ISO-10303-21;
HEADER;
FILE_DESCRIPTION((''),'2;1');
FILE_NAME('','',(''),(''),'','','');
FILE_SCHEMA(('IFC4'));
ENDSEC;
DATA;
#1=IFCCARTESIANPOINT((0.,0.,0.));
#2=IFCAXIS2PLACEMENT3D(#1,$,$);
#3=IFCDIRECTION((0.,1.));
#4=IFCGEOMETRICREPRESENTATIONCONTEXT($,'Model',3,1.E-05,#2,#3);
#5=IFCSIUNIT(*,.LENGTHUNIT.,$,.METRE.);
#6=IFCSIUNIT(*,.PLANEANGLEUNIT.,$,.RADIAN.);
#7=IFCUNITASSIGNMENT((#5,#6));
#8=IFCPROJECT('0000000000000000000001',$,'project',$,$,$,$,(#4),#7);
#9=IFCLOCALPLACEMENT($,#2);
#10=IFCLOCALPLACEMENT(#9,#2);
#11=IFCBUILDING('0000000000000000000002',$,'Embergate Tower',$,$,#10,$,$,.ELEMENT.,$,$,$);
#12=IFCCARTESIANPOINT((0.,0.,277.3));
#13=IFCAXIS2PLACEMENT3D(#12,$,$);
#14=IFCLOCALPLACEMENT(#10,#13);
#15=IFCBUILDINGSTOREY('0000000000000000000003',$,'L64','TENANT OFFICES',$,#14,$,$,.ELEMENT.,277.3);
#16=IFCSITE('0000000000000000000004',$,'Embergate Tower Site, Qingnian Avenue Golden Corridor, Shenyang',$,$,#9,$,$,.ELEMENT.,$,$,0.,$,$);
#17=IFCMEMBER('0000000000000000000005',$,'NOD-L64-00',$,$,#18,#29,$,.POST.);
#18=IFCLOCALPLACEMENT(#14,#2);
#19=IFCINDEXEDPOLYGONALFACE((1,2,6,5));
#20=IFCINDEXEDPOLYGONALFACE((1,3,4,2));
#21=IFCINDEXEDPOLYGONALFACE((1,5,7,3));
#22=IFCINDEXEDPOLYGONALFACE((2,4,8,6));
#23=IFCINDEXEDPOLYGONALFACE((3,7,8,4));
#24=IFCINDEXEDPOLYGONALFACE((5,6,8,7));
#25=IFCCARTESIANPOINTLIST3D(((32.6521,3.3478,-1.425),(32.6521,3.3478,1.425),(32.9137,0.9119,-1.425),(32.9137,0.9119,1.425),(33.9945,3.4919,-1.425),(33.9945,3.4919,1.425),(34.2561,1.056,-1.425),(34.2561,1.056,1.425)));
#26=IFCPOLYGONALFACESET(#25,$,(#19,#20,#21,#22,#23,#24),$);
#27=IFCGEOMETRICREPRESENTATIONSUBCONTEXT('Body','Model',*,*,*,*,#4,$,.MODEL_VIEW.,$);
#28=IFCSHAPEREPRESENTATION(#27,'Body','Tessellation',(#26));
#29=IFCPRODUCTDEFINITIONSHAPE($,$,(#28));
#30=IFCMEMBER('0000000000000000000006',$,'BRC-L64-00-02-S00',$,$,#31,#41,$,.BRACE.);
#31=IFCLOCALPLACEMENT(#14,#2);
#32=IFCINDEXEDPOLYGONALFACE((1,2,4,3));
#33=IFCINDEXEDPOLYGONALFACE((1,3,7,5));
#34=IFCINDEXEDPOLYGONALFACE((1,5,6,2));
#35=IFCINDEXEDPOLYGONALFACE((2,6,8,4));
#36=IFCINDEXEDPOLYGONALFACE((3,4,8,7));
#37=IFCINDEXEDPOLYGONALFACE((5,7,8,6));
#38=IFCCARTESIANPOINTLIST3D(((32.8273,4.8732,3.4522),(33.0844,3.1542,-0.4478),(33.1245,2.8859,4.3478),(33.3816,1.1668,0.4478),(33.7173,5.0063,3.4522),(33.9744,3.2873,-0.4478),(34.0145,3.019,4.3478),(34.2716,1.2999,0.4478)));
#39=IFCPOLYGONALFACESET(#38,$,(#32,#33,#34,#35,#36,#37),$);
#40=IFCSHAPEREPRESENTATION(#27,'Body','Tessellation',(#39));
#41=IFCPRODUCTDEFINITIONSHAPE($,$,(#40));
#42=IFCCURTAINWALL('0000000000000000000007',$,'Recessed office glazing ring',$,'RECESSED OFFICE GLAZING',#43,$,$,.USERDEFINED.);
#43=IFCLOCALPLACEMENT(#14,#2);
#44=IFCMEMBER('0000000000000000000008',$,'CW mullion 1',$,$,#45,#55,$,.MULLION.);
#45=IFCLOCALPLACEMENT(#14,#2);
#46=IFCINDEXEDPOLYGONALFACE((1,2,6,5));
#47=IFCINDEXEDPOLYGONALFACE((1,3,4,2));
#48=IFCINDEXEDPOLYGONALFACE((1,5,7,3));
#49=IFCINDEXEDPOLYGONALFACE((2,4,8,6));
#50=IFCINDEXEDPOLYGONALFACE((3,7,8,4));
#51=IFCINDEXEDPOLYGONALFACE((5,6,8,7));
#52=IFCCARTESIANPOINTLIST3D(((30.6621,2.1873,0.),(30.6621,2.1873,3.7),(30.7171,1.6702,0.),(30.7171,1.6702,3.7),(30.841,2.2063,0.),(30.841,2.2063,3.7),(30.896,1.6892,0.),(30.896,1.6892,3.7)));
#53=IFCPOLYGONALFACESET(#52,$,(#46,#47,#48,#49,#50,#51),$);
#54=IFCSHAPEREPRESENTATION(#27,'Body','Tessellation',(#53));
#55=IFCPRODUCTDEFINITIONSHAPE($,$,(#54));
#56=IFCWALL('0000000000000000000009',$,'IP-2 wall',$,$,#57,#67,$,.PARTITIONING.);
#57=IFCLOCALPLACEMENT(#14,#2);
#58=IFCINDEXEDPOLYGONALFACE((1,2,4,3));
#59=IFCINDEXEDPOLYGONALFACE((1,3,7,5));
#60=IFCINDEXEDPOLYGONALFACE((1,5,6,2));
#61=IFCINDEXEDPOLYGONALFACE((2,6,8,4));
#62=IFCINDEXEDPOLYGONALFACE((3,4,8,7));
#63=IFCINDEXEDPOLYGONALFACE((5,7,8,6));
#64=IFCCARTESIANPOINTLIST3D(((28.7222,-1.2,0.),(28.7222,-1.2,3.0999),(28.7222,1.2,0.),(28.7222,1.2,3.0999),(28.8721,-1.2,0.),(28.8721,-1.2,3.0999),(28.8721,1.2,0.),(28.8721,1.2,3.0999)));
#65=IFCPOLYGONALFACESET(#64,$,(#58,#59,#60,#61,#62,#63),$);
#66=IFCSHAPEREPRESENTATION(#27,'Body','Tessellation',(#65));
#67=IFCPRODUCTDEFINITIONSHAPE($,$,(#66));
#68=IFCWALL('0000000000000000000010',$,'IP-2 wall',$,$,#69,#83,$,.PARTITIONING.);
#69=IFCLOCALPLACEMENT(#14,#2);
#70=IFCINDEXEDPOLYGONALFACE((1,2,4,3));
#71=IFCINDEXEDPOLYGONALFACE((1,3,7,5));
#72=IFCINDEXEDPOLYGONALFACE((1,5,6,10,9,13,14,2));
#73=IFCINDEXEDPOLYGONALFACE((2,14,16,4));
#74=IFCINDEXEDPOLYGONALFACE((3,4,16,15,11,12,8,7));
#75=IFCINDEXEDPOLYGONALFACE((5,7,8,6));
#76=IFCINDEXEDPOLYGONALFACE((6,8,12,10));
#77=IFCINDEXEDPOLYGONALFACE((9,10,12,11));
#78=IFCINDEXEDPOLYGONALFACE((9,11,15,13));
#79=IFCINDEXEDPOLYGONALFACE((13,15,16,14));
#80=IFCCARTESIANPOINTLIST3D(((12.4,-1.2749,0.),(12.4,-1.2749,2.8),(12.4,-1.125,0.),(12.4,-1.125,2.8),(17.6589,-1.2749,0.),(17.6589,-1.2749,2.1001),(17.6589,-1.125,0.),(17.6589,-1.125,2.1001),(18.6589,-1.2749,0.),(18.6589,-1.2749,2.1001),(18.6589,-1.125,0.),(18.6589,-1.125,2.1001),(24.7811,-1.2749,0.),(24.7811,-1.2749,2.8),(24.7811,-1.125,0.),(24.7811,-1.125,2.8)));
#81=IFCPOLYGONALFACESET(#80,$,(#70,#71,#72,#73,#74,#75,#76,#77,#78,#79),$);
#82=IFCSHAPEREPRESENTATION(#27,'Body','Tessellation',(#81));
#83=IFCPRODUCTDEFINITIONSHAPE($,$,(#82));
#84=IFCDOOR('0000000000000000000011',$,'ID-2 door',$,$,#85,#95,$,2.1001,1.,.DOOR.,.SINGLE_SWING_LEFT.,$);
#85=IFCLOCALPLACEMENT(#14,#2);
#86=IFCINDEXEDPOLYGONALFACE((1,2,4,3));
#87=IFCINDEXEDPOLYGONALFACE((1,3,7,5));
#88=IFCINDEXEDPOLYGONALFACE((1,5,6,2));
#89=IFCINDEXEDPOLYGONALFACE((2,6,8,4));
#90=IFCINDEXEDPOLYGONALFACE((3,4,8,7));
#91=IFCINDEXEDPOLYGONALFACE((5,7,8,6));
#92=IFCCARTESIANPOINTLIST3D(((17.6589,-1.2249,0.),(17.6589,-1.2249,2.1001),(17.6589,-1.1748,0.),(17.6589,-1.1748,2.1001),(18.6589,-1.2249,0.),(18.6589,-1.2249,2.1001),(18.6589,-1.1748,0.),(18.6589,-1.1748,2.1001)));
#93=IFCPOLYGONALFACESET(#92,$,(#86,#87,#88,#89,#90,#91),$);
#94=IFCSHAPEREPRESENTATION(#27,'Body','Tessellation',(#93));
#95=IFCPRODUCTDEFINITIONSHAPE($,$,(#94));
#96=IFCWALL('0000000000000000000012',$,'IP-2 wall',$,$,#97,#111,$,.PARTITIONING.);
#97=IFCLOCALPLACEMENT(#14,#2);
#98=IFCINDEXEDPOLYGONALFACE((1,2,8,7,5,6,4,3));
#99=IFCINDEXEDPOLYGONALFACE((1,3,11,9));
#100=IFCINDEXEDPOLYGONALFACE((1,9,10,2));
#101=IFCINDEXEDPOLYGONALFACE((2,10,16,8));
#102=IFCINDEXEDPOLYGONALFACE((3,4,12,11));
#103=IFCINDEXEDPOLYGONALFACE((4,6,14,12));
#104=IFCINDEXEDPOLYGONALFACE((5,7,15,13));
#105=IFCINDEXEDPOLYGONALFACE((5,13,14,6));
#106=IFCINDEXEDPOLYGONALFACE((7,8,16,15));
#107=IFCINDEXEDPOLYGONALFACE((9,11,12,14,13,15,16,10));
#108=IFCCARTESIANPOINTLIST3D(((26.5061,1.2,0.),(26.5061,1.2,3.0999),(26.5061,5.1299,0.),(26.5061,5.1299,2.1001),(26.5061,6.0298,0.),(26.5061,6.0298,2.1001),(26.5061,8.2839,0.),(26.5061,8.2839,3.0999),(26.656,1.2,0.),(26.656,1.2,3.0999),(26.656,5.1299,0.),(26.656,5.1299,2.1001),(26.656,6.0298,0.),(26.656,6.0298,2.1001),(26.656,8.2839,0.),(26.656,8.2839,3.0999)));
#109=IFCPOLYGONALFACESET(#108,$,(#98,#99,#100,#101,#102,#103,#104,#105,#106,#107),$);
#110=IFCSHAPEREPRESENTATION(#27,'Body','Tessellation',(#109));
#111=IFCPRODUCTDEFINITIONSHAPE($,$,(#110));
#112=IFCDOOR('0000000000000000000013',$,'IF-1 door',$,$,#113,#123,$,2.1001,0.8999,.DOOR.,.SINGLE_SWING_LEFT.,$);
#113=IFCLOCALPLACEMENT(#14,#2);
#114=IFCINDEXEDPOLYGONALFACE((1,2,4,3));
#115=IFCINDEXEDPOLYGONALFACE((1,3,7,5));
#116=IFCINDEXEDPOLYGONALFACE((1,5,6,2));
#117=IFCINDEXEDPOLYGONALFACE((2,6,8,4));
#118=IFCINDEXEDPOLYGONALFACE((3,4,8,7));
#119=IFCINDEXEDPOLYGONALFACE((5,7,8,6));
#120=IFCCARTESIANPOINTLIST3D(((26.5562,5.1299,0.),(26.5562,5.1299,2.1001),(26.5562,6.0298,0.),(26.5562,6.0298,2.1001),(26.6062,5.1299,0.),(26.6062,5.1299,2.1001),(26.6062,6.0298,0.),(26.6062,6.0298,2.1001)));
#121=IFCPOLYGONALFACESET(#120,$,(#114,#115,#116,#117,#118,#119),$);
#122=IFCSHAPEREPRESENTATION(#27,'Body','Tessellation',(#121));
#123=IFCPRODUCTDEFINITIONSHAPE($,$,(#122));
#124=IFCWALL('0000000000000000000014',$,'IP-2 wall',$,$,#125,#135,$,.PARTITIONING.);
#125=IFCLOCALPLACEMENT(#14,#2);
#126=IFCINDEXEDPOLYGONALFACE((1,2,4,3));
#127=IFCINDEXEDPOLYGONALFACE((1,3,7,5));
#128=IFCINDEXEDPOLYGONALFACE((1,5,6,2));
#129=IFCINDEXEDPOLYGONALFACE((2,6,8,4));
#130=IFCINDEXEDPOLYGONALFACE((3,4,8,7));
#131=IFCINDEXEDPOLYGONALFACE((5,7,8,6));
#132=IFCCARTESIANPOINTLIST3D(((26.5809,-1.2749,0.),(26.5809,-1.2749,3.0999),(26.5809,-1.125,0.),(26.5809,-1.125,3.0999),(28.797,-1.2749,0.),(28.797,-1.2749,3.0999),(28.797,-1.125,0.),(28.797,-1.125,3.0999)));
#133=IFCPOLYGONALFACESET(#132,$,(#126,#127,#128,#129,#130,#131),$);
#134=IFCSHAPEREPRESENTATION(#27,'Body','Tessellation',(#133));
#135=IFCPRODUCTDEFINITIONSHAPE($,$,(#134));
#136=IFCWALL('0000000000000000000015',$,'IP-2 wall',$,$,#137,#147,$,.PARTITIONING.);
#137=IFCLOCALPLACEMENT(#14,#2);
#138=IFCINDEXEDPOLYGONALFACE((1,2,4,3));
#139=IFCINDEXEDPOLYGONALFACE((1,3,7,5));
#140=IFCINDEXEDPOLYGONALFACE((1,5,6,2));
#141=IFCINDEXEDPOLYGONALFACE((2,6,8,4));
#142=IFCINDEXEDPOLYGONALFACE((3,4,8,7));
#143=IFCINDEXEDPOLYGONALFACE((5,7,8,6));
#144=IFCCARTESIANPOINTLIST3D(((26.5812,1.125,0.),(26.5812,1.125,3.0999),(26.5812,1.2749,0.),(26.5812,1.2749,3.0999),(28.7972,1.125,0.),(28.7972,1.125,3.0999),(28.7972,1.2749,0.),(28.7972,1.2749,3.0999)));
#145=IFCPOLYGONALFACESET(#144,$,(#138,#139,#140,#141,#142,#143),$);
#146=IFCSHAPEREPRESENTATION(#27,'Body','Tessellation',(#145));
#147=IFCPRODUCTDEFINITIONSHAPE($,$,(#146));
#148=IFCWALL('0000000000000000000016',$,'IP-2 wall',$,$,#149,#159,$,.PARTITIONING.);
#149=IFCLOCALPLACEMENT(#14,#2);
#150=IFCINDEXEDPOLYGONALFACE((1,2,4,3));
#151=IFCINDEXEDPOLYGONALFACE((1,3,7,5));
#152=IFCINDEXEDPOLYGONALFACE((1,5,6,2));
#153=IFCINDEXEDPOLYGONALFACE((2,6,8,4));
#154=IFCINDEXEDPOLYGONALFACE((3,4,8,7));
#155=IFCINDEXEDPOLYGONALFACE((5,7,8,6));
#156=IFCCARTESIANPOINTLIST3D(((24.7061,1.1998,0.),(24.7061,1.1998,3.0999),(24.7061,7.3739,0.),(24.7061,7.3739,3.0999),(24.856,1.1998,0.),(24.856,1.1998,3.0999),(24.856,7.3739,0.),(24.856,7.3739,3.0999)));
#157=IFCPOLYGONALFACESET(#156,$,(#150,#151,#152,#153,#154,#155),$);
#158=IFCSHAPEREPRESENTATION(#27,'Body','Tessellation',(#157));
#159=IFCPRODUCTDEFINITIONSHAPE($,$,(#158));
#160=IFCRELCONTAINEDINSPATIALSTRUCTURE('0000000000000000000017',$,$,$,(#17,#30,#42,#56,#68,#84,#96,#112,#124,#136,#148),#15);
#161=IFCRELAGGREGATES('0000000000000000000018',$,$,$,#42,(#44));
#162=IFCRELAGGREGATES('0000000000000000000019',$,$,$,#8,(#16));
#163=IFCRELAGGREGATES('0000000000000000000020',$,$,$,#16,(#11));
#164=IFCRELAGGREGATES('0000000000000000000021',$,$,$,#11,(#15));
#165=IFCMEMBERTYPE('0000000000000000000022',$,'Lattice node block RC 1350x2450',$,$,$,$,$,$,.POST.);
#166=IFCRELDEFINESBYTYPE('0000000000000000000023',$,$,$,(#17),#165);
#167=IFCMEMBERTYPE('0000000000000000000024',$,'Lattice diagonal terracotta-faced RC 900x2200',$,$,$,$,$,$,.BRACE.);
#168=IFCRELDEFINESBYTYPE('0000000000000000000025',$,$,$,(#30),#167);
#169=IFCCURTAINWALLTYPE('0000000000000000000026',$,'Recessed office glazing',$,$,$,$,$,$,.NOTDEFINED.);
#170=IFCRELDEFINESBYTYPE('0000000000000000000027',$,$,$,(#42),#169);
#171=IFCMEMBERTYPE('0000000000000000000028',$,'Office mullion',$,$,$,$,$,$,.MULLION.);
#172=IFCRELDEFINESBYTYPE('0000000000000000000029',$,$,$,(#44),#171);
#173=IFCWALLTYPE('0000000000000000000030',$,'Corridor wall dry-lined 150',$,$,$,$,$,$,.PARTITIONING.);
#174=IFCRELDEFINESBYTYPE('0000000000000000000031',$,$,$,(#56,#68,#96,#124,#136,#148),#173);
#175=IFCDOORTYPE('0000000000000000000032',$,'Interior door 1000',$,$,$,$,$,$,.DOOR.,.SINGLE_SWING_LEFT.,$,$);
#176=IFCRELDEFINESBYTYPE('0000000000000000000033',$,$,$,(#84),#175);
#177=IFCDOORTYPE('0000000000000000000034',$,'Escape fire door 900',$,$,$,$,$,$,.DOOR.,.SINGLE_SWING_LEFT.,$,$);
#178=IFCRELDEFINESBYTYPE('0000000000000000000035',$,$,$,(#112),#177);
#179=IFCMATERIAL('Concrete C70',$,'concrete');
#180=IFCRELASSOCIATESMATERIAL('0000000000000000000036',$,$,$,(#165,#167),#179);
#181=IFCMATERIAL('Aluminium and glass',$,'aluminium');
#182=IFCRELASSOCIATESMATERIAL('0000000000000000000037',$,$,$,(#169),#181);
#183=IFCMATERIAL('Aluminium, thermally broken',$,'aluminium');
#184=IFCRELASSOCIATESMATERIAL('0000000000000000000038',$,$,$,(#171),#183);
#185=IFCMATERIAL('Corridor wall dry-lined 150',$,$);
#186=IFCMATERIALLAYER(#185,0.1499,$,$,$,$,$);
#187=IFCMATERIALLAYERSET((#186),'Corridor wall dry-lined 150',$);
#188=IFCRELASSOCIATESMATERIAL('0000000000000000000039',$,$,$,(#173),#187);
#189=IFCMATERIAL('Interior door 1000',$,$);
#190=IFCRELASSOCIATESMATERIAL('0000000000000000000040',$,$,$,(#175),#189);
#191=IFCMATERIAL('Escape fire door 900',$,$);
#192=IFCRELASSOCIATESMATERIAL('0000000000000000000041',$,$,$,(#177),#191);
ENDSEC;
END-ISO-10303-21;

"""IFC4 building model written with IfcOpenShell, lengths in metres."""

from ifc_helpers import new_model, si_unit, direction, frame, frame_2d, origin, origin_2d, place, context, subcontext, project, spatial, rectangle, extrude, source, transform, mapped, material, layer, layer_set, material_profile, profile_set, type_object, element, fill, aggregate, save


model = new_model("IFC4")

# Units and contexts
model_context = context("Model", 3, precision=1e-05, world=origin(), true_north=direction((0.0, 1.0)))
body_context = subcontext(model_context, "Body", "Model", "MODEL_VIEW")
ifc_project = project(units=[si_unit("LENGTHUNIT", "METRE"), si_unit("PLANEANGLEUNIT", "RADIAN")], contexts=[model_context])

# Site, building, storey
site_placement = place(None, origin())
site = spatial("IfcSite", under=ifc_project, at=site_placement, Name="Embergate Tower Site, Qingnian Avenue Golden Corridor, Shenyang", CompositionType="ELEMENT", RefElevation=0.0)
building_placement = place(site_placement, origin())
building = spatial("IfcBuilding", under=site, at=building_placement, Name="Embergate Tower", CompositionType="ELEMENT")
storey_placement = place(building_placement, frame((0.0, 0.0, 277.3)))
storey = spatial("IfcBuildingStorey", under=building, at=storey_placement, Name="L64", Description="TENANT OFFICES", CompositionType="ELEMENT", Elevation=277.3)

# Members
ifc_material_1 = material(Name="Concrete C70", Category="concrete")
ifc_material_profile_1 = material_profile(ifc_material_1, rectangle(XDim=1.3501, YDim=2.45, at=origin_2d()), Name="RC 1350x2450")
ifc_profile_set_1 = profile_set([ifc_material_profile_1], Name="Concrete C70")
member_type_1 = type_object("IfcMemberType", Name="Lattice node block RC 1350x2450", PredefinedType="POST", material=ifc_profile_set_1)
shared_shape_1 = source(origin(), body_context, "Body", "SweptSolid", [
    extrude(rectangle(XDim=1.3501, YDim=2.45, at=origin_2d()), origin(), (0.0, 0.0, 1.0), 2.8501),
])
member_1_placement = place(storey_placement, frame((33.4541, 2.2019, -1.425), z_axis=(0.0, 0.0, 1.0), x_axis=(0.994286, 0.10675, 0.0)))
element("IfcMember", 1, at=member_1_placement, inside=storey, type_object=member_type_1, Name="NOD-L64-00", PredefinedType="POST", context=body_context, shape_type="MappedRepresentation", body=[
    mapped(shared_shape_1, transform((0.0, 0.0, 0.0))),
])
ifc_material_profile_2 = material_profile(ifc_material_1, rectangle(XDim=0.8999, YDim=2.2, at=origin_2d()), Name="RC 900x2200")
ifc_profile_set_2 = profile_set([ifc_material_profile_2], Name="Concrete C70")
member_type_2 = type_object("IfcMemberType", Name="Lattice diagonal terracotta-faced RC 900x2200", PredefinedType="BRACE", material=ifc_profile_set_2)
shared_shape_2 = source(origin(), body_context, "Body", "SweptSolid", [
    extrude(rectangle(XDim=0.8999, YDim=2.2, at=origin_2d()), origin(), (0.0, 0.0, 1.0), 4.2698),
])
member_2_placement = place(storey_placement, frame((33.678, 2.2271, 0.0), z_axis=(-0.06021, 0.402604, 0.913392), x_axis=(-0.989001, -0.147908, 0.0)))
element("IfcMember", 2, at=member_2_placement, inside=storey, type_object=member_type_2, Name="BRC-L64-00-02-S00", PredefinedType="BRACE", context=body_context, shape_type="MappedRepresentation", body=[
    mapped(shared_shape_2, transform((0.0, 0.0, 0.0))),
])

# Curtain wall, member
ifc_material_2 = material(Name="Aluminium and glass", Category="aluminium")
curtain_wall_type = type_object("IfcCurtainWallType", Name="Recessed office glazing", PredefinedType="NOTDEFINED", material=ifc_material_2)
curtain_wall_placement = place(storey_placement, origin())
curtain_wall = element("IfcCurtainWall", 3, at=curtain_wall_placement, inside=storey, type_object=curtain_wall_type, Name="Recessed office glazing ring", ObjectType="RECESSED OFFICE GLAZING", PredefinedType="USERDEFINED")
ifc_material_3 = material(Name="Aluminium, thermally broken", Category="aluminium")
ifc_material_profile_3 = material_profile(ifc_material_3, rectangle(XDim=0.1799, YDim=0.52, at=origin_2d()), Name="AL 520x180")
ifc_profile_set_3 = profile_set([ifc_material_profile_3], Name="Aluminium, thermally broken")
member_type_3 = type_object("IfcMemberType", Name="Office mullion", PredefinedType="MULLION", material=ifc_profile_set_3)
shared_shape_3 = source(origin(), body_context, "Body", "SweptSolid", [
    extrude(rectangle(XDim=0.1799, YDim=0.52, at=origin_2d()), origin(), (0.0, 0.0, 1.0), 3.7),
])
member_3_placement = place(storey_placement, frame((30.7791, 1.9382, 0.0), z_axis=(0.0, 0.0, 1.0), x_axis=(-0.994384, -0.10583, 0.0)))
member_3 = element("IfcMember", 4, at=member_3_placement, type_object=member_type_3, Name="CW mullion 1", PredefinedType="MULLION", context=body_context, shape_type="MappedRepresentation", body=[
    mapped(shared_shape_3, transform((0.0, 0.0, 0.0))),
])
aggregate(curtain_wall, [member_3])

# Wall
ifc_material_4 = material(Name="Corridor wall dry-lined 150")
ifc_layer = layer(ifc_material_4, 0.1499)
ifc_layer_set = layer_set([ifc_layer], Name="Corridor wall dry-lined 150")
wall_type = type_object("IfcWallType", Name="Corridor wall dry-lined 150", PredefinedType="PARTITIONING", material=ifc_layer_set)
shared_shape_4 = source(origin(), body_context, "Body", "SweptSolid", [
    extrude(rectangle(XDim=2.3999, YDim=0.1499, at=frame_2d((1.2, 0.0))), origin(), (0.0, 0.0, 1.0), 3.0999),
])
wall_1_placement = place(storey_placement, frame((28.7971, -1.2, 0.0), z_axis=(0.0, 0.0, 1.0), x_axis=(0.0, 1.0, 0.0)))
element("IfcWall", 5, at=wall_1_placement, inside=storey, type_object=wall_type, Name="IP-2 wall", PredefinedType="PARTITIONING", context=body_context, shape_type="MappedRepresentation", body=[
    mapped(shared_shape_4, transform((0.0, 0.0, 0.0))),
])

# Walls, openings, doors
shared_shape_5 = source(origin(), body_context, "Body", "SweptSolid", [
    extrude(rectangle(XDim=12.3811, YDim=0.1499, at=frame_2d((6.1904, 0.0))), origin(), (0.0, 0.0, 1.0), 2.8),
])
wall_2_placement = place(storey_placement, frame((24.781, -1.2, 0.0), z_axis=(0.0, 0.0, 1.0), x_axis=(-1.0, 0.0, 0.0)))
wall_2 = element("IfcWall", 6, at=wall_2_placement, inside=storey, type_object=wall_type, Name="IP-2 wall", PredefinedType="PARTITIONING", context=body_context, shape_type="MappedRepresentation", body=[
    mapped(shared_shape_5, transform((0.0, 0.0, 0.0))),
])
shared_shape_6 = source(origin(), body_context, "Body", "SweptSolid", [
    extrude(rectangle(XDim=1.0, YDim=2.1001, at=frame_2d((0.5, 1.05))), frame((0.0, 0.085, 0.0), z_axis=(0.0, -1.0, 0.0), x_axis=(1.0, 0.0, 0.0)), (0.0, 0.0, 1.0), 0.1699),
])
opening_1_placement = place(wall_2_placement, frame((6.1221, 0.0, 0.0)))
opening_1 = element("IfcOpeningElement", 7, at=opening_1_placement, cuts=wall_2, PredefinedType="OPENING", context=body_context, shape_type="MappedRepresentation", body=[
    mapped(shared_shape_6, transform((0.0, 0.0, 0.0))),
])
ifc_material_5 = material(Name="Interior door 1000")
door_type_1 = type_object("IfcDoorType", Name="Interior door 1000", OperationType="SINGLE_SWING_LEFT", PredefinedType="DOOR", material=ifc_material_5)
shared_shape_7 = source(origin(), body_context, "Body", "SweptSolid", [
    extrude(rectangle(XDim=1.0, YDim=2.1001, at=frame_2d((0.5, 1.05))), frame((0.0, 0.0249, 0.0), z_axis=(0.0, -1.0, 0.0), x_axis=(1.0, 0.0, 0.0)), (0.0, 0.0, 1.0), 0.05),
])
door_1_placement = place(opening_1_placement, origin())
door_1 = element("IfcDoor", 8, at=door_1_placement, inside=storey, type_object=door_type_1, Name="ID-2 door", OperationType="SINGLE_SWING_LEFT", OverallHeight=2.1001, OverallWidth=1.0, PredefinedType="DOOR", context=body_context, shape_type="MappedRepresentation", body=[
    mapped(shared_shape_7, transform((0.0, 0.0, 0.0))),
])
fill(opening_1, door_1)
shared_shape_8 = source(origin(), body_context, "Body", "SweptSolid", [
    extrude(rectangle(XDim=7.084, YDim=0.1499, at=frame_2d((3.542, 0.0))), origin(), (0.0, 0.0, 1.0), 3.0999),
])
wall_3_placement = place(storey_placement, frame((26.5811, 1.2, 0.0), z_axis=(0.0, 0.0, 1.0), x_axis=(0.0, 1.0, 0.0)))
wall_3 = element("IfcWall", 9, at=wall_3_placement, inside=storey, type_object=wall_type, Name="IP-2 wall", PredefinedType="PARTITIONING", context=body_context, shape_type="MappedRepresentation", body=[
    mapped(shared_shape_8, transform((0.0, 0.0, 0.0))),
])
shared_shape_9 = source(origin(), body_context, "Body", "SweptSolid", [
    extrude(rectangle(XDim=0.8999, YDim=2.1001, at=frame_2d((0.45, 1.05))), frame((0.0, 0.085, 0.0), z_axis=(0.0, -1.0, 0.0), x_axis=(1.0, 0.0, 0.0)), (0.0, 0.0, 1.0), 0.1699),
])
opening_2_placement = place(wall_3_placement, frame((3.9299, 0.0, 0.0)))
opening_2 = element("IfcOpeningElement", 10, at=opening_2_placement, cuts=wall_3, PredefinedType="OPENING", context=body_context, shape_type="MappedRepresentation", body=[
    mapped(shared_shape_9, transform((0.0, 0.0, 0.0))),
])
ifc_material_6 = material(Name="Escape fire door 900")
door_type_2 = type_object("IfcDoorType", Name="Escape fire door 900", OperationType="SINGLE_SWING_LEFT", PredefinedType="DOOR", material=ifc_material_6)
shared_shape_10 = source(origin(), body_context, "Body", "SweptSolid", [
    extrude(rectangle(XDim=0.8999, YDim=2.1001, at=frame_2d((0.45, 1.05))), frame((0.0, 0.0249, 0.0), z_axis=(0.0, -1.0, 0.0), x_axis=(1.0, 0.0, 0.0)), (0.0, 0.0, 1.0), 0.05),
])
door_2_placement = place(opening_2_placement, origin())
door_2 = element("IfcDoor", 11, at=door_2_placement, inside=storey, type_object=door_type_2, Name="IF-1 door", OperationType="SINGLE_SWING_LEFT", OverallHeight=2.1001, OverallWidth=0.8999, PredefinedType="DOOR", context=body_context, shape_type="MappedRepresentation", body=[
    mapped(shared_shape_10, transform((0.0, 0.0, 0.0))),
])
fill(opening_2, door_2)

# Walls
shared_shape_11 = source(origin(), body_context, "Body", "SweptSolid", [
    extrude(rectangle(XDim=2.2161, YDim=0.1499, at=frame_2d((1.1079, 0.0))), origin(), (0.0, 0.0, 1.0), 3.0999),
])
for number, where, z_axis, x_axis, name in (
    (12, (26.5811, -1.2, 0.0), (0.0, 0.0, 1.0), (1.0, 0.0, 0.0), "IP-2 wall"),
    (13, (28.7971, 1.2, 0.0), (0.0, 0.0, 1.0), (-1.0, 0.0, 0.0), "IP-2 wall"),
):
    element("IfcWall", number, at=place(storey_placement, frame(where, z_axis=z_axis, x_axis=x_axis)), inside=storey, type_object=wall_type, Name=name, PredefinedType="PARTITIONING", context=body_context, shape_type="MappedRepresentation", body=[
        mapped(shared_shape_11, transform((0.0, 0.0, 0.0))),
    ])
shared_shape_12 = source(origin(), body_context, "Body", "SweptSolid", [
    extrude(rectangle(XDim=6.1741, YDim=0.1499, at=frame_2d((3.0869, 0.0))), origin(), (0.0, 0.0, 1.0), 3.0999),
])
wall_4_placement = place(storey_placement, frame((24.781, 1.2, 0.0), z_axis=(0.0, 0.0, 1.0), x_axis=(0.0, 1.0, 0.0)))
element("IfcWall", 14, at=wall_4_placement, inside=storey, type_object=wall_type, Name="IP-2 wall", PredefinedType="PARTITIONING", context=body_context, shape_type="MappedRepresentation", body=[
    mapped(shared_shape_12, transform((0.0, 0.0, 0.0))),
])

save(model, "model.ifc")
